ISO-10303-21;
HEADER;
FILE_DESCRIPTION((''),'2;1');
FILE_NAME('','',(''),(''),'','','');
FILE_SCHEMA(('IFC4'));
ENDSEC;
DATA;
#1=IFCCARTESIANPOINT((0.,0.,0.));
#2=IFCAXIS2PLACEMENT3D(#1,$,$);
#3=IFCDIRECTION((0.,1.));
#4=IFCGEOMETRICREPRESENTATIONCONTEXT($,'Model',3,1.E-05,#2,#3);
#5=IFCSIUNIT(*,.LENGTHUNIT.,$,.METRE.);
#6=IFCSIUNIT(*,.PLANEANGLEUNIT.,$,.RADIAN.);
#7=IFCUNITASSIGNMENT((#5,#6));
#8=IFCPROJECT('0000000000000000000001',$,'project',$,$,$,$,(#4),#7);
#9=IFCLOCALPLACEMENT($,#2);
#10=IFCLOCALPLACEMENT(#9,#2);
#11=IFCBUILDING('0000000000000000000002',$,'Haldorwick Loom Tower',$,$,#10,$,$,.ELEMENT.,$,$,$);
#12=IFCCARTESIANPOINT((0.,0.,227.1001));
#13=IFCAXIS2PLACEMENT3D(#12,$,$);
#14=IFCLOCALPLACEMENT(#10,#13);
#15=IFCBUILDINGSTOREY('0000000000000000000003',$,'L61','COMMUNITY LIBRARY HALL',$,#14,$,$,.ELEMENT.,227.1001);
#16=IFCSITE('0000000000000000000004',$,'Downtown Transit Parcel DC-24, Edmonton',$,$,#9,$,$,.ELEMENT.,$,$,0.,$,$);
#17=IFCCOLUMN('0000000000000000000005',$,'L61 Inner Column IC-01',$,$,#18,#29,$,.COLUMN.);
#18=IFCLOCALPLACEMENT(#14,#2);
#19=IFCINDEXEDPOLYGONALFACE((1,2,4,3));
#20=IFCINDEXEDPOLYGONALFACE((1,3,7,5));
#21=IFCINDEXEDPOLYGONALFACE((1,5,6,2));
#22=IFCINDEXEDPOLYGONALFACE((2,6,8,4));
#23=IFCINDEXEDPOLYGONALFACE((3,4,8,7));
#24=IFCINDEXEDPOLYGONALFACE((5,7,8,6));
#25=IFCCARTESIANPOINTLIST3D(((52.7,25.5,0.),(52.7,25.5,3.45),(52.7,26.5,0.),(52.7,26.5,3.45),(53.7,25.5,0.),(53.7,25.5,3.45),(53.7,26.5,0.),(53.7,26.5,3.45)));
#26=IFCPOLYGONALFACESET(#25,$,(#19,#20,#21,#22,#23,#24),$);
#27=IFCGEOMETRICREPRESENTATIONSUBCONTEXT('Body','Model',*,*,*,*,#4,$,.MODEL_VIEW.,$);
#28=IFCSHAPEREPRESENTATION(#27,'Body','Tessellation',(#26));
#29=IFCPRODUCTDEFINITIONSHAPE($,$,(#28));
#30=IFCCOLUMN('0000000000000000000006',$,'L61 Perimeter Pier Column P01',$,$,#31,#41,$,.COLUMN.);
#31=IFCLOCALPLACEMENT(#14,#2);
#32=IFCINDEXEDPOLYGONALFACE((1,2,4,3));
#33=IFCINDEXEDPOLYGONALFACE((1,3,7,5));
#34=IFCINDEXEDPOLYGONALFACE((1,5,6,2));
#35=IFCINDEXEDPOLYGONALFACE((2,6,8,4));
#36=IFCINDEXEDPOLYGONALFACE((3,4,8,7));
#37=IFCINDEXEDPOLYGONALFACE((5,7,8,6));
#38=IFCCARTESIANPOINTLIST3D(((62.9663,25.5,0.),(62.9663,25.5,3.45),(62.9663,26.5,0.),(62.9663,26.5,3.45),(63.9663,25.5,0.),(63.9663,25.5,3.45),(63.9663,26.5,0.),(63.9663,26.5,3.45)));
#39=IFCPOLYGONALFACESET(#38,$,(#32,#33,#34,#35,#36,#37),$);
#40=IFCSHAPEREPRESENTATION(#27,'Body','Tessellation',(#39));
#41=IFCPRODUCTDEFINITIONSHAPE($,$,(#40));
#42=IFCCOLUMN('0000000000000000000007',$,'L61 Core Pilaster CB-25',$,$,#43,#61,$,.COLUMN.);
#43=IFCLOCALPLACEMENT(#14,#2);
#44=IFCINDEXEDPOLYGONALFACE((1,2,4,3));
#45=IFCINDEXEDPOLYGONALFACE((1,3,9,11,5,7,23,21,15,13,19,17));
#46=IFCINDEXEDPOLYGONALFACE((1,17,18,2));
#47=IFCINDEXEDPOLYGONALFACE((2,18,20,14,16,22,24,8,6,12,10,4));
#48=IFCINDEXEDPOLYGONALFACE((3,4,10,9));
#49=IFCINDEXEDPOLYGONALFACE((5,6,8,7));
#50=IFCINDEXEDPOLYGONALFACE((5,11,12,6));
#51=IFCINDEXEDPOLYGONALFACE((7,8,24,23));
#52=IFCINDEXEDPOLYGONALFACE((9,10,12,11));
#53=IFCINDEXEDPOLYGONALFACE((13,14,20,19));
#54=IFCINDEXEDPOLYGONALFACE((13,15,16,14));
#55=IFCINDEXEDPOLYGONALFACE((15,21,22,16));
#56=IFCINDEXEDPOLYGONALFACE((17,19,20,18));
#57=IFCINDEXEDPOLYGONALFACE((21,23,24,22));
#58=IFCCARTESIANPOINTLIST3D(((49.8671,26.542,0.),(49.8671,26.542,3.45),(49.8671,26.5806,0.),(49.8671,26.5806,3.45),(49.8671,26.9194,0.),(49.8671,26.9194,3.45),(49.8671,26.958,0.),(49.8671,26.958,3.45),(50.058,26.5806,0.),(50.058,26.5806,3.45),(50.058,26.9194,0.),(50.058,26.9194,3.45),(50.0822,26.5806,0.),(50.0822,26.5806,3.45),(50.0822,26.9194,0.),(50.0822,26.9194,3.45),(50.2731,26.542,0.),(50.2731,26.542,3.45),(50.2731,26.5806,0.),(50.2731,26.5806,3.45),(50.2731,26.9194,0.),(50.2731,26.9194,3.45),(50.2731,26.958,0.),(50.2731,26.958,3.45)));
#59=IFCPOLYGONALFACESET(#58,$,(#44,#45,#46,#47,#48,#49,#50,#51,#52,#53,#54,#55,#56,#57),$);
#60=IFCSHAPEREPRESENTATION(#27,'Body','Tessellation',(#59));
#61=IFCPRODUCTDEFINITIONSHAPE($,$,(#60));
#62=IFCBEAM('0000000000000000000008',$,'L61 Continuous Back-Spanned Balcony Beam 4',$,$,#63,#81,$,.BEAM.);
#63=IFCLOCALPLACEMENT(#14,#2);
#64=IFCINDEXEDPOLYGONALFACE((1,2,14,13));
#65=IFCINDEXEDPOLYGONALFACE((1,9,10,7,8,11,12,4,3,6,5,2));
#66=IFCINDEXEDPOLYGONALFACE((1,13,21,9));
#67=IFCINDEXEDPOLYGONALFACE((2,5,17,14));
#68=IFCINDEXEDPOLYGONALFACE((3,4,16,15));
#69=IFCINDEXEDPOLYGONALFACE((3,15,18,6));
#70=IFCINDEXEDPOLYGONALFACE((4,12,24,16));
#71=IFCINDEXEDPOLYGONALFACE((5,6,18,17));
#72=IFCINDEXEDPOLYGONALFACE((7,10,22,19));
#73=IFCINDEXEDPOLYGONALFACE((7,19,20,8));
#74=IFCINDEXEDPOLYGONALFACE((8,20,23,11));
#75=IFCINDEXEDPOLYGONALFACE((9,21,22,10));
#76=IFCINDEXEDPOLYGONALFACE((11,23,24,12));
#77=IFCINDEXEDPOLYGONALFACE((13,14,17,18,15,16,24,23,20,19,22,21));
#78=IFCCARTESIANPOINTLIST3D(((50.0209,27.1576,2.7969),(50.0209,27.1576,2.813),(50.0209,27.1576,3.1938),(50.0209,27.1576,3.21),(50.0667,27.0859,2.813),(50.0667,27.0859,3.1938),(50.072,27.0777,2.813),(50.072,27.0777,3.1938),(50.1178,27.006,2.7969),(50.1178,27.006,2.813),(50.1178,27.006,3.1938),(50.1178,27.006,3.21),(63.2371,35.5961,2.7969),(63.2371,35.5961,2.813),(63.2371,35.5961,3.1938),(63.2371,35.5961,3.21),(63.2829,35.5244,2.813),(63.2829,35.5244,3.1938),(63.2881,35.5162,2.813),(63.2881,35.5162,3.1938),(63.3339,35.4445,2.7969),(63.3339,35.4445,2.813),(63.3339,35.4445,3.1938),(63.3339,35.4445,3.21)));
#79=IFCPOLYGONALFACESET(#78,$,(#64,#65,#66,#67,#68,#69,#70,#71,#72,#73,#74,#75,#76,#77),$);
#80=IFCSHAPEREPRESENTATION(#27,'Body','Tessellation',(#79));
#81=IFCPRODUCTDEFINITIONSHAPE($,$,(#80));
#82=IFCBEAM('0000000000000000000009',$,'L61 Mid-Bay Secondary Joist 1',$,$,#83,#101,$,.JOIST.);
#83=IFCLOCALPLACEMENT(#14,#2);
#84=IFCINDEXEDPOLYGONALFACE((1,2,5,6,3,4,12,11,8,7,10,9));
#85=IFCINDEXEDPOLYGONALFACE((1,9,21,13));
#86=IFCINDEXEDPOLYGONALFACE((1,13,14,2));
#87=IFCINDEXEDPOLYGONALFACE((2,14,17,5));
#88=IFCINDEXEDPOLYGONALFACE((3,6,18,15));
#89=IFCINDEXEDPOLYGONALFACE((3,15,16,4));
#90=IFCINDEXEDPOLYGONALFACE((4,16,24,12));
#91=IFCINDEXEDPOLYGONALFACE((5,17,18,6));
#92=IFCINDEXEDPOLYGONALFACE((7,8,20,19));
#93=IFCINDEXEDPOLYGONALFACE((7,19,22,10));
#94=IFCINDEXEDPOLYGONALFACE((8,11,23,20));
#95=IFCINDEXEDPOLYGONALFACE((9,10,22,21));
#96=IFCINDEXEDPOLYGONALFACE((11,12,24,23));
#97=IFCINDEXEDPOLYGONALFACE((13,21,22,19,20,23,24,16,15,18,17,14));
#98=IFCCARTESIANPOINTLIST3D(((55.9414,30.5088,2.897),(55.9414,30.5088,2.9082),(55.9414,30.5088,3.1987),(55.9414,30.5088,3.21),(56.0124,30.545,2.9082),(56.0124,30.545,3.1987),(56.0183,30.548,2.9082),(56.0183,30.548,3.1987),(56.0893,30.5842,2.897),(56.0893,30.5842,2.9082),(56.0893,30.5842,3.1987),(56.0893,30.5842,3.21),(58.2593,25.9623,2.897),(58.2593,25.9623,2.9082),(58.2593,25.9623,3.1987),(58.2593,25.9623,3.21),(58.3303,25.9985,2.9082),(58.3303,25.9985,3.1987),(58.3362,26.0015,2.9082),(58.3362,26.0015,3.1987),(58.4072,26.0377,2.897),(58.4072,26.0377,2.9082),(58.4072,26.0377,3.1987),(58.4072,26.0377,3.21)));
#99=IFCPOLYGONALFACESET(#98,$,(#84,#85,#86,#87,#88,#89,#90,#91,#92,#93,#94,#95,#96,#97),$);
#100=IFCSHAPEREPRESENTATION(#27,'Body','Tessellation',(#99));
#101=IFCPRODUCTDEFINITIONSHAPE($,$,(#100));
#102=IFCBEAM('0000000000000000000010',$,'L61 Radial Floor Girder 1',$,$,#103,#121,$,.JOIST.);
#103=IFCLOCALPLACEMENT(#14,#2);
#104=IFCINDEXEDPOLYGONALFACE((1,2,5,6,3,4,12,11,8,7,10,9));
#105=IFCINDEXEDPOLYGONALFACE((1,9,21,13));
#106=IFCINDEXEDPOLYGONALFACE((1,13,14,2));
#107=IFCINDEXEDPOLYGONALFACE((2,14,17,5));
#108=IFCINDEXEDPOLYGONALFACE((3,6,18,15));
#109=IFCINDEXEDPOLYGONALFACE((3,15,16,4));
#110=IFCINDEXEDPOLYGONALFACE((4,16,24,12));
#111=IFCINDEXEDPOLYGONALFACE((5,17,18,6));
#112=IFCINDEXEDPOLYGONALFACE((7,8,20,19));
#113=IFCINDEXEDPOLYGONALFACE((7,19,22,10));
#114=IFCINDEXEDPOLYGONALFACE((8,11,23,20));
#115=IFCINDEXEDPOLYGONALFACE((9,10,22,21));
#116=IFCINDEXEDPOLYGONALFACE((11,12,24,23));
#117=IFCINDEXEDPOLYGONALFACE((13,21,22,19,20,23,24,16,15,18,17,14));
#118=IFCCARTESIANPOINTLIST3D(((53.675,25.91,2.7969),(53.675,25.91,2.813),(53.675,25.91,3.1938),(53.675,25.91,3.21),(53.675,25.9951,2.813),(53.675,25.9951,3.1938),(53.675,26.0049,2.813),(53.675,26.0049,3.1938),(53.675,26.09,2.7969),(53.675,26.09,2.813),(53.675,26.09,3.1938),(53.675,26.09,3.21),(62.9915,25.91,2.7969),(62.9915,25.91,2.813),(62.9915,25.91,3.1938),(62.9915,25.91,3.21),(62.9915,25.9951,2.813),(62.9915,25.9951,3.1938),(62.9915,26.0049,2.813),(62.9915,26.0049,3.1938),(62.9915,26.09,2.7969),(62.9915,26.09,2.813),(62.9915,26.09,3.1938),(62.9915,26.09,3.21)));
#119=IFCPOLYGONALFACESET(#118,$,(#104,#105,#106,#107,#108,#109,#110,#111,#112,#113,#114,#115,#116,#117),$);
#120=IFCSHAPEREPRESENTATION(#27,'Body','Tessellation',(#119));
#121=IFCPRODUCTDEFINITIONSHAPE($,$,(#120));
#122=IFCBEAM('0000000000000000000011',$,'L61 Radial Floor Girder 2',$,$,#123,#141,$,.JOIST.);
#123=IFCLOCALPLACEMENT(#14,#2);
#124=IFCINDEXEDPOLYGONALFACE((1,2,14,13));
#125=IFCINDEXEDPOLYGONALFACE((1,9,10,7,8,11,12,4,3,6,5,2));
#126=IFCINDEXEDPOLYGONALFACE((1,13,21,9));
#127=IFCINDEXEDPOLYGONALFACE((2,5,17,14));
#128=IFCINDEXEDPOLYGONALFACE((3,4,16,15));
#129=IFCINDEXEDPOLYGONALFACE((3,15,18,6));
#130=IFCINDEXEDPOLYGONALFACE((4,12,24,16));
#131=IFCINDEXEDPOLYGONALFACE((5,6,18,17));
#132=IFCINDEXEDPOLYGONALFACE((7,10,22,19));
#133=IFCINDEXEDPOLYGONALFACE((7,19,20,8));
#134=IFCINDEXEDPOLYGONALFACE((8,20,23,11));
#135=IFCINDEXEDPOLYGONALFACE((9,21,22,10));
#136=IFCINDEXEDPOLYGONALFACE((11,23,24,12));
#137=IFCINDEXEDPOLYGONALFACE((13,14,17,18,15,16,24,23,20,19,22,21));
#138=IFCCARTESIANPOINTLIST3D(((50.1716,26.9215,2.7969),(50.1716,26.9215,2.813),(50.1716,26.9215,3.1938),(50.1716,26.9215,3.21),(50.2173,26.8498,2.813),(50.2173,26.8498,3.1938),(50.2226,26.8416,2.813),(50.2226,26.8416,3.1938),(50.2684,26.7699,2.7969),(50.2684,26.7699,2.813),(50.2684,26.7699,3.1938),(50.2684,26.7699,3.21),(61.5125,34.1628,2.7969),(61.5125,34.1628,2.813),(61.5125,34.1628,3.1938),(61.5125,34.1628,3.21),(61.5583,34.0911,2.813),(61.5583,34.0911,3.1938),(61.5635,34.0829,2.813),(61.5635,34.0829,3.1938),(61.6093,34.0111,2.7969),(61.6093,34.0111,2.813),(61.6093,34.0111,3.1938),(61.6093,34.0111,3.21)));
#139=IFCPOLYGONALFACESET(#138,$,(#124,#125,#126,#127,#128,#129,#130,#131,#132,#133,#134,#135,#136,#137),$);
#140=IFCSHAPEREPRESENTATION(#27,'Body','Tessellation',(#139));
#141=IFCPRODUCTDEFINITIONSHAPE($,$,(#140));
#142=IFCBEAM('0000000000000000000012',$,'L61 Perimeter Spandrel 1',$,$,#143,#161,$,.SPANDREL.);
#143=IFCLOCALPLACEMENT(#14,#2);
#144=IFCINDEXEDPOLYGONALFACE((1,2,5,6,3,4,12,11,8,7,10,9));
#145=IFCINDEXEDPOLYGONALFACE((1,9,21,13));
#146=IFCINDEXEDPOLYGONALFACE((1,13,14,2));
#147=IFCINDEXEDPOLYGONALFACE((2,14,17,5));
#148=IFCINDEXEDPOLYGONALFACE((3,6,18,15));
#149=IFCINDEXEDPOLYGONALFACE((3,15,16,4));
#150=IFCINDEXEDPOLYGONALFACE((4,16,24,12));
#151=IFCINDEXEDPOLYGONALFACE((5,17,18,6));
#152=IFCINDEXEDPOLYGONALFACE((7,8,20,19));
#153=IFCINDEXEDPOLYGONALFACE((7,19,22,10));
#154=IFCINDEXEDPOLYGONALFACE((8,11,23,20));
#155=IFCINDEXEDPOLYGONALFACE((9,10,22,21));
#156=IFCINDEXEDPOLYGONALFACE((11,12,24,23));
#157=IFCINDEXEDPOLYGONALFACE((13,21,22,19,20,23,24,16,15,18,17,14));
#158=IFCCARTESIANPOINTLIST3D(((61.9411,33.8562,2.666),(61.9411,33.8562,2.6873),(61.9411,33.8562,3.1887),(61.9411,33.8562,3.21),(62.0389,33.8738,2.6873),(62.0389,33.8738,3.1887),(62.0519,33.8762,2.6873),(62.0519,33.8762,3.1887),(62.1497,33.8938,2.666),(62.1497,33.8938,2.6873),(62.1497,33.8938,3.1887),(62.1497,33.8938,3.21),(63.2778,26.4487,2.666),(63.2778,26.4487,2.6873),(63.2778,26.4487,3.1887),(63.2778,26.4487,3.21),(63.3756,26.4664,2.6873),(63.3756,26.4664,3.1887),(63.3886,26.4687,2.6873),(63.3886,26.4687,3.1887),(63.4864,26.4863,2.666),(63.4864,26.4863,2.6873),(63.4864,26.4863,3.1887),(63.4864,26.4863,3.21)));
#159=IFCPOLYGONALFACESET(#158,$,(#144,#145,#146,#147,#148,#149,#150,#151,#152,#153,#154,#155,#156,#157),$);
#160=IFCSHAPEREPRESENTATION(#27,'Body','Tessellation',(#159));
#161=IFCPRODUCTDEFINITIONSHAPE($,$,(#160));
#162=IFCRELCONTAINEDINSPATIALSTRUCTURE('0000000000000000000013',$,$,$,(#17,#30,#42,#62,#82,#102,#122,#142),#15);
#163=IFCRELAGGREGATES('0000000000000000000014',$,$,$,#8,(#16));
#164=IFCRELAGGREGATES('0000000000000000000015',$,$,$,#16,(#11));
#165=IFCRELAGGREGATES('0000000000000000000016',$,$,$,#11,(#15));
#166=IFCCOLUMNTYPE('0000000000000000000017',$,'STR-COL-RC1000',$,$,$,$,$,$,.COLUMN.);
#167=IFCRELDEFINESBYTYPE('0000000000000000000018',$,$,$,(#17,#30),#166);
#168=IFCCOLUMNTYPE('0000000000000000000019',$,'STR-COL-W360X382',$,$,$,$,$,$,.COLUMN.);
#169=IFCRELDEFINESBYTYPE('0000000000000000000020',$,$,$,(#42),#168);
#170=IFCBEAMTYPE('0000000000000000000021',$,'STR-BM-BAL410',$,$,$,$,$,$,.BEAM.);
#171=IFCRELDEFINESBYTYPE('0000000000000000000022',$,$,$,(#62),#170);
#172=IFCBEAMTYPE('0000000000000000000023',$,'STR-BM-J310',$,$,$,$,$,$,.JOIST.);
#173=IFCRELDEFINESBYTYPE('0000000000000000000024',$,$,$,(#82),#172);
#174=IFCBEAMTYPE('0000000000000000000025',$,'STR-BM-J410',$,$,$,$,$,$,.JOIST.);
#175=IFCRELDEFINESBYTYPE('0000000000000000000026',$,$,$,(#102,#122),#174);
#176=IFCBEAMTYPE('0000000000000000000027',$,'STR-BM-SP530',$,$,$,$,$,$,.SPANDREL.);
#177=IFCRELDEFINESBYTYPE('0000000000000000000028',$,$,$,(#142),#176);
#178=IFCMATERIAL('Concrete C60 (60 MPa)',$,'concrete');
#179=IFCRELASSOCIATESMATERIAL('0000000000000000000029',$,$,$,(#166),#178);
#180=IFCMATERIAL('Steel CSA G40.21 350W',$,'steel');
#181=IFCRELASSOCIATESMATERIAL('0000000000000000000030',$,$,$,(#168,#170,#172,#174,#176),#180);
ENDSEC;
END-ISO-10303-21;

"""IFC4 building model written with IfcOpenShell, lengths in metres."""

from ifc_helpers import new_model, si_unit, direction, frame, origin, origin_2d, place, context, subcontext, project, spatial, rectangle, i_section, extrude, material, material_profile, profile_set, type_object, element, save


model = new_model("IFC4")

# Units and contexts
model_context = context("Model", 3, precision=1e-05, world=origin(), true_north=direction((0.0, 1.0)))
body_context = subcontext(model_context, "Body", "Model", "MODEL_VIEW")
ifc_project = project(units=[si_unit("LENGTHUNIT", "METRE"), si_unit("PLANEANGLEUNIT", "RADIAN")], contexts=[model_context])

# Site, building, storey
site_placement = place(None, origin())
site = spatial("IfcSite", under=ifc_project, at=site_placement, Name="Downtown Transit Parcel DC-24, Edmonton", CompositionType="ELEMENT", RefElevation=0.0)
building_placement = place(site_placement, origin())
building = spatial("IfcBuilding", under=site, at=building_placement, Name="Haldorwick Loom Tower", CompositionType="ELEMENT")
storey_placement = place(building_placement, frame((0.0, 0.0, 227.1001)))
storey = spatial("IfcBuildingStorey", under=building, at=storey_placement, Name="L61", Description="COMMUNITY LIBRARY HALL", CompositionType="ELEMENT", Elevation=227.1001)

# Columns
ifc_material_1 = material(Name="Concrete C60 (60 MPa)", Category="concrete")
ifc_material_profile_1 = material_profile(ifc_material_1, rectangle(XDim=1.0, YDim=1.0, at=origin_2d()), Name="RC1000X1000", Category="concrete")
ifc_profile_set_1 = profile_set([ifc_material_profile_1], Name="Concrete C60 (60 MPa)")
column_type_1 = type_object("IfcColumnType", Name="STR-COL-RC1000", PredefinedType="COLUMN", material=ifc_profile_set_1)
for number, where, z_axis, x_axis, name in (
    (1, (53.2, 26.0, 0.0), (0.0, 0.0, 1.0), (1.0, 0.0, 0.0), "L61 Inner Column IC-01"),
    (2, (63.4663, 26.0, 0.0), (0.0, 0.0, 1.0), (1.0, 0.0, 0.0), "L61 Perimeter Pier Column P01"),
):
    element("IfcColumn", number, at=place(storey_placement, frame(where, z_axis=z_axis, x_axis=x_axis)), inside=storey, type_object=column_type_1, Name=name, PredefinedType="COLUMN", context=body_context, shape_type="SweptSolid", body=[
        extrude(rectangle(XDim=1.0, YDim=1.0, at=origin_2d()), origin(), (0.0, 0.0, 1.0), 3.45),
    ])
ifc_material_2 = material(Name="Steel CSA G40.21 350W", Category="steel")
ifc_material_profile_2 = material_profile(ifc_material_2, i_section(OverallWidth=0.406, OverallDepth=0.416, WebThickness=0.0242, FlangeThickness=0.0386, at=origin_2d()), Name="W360X382", Category="steel")
ifc_profile_set_2 = profile_set([ifc_material_profile_2], Name="Steel CSA G40.21 350W")
column_type_2 = type_object("IfcColumnType", Name="STR-COL-W360X382", PredefinedType="COLUMN", material=ifc_profile_set_2)
column_placement = place(storey_placement, frame((50.0701, 26.75, 0.0), z_axis=(0.0, 0.0, 1.0), x_axis=(1.0, 0.0, 0.0)))
element("IfcColumn", 3, at=column_placement, inside=storey, type_object=column_type_2, Name="L61 Core Pilaster CB-25", PredefinedType="COLUMN", context=body_context, shape_type="SweptSolid", body=[
    extrude(i_section(OverallWidth=0.406, OverallDepth=0.416, WebThickness=0.0242, FlangeThickness=0.0386, at=origin_2d()), origin(), (0.0, 0.0, 1.0), 3.45),
])

# Beams
ifc_material_profile_3 = material_profile(ifc_material_2, i_section(OverallWidth=0.1799, OverallDepth=0.4131, WebThickness=0.0098, FlangeThickness=0.0161, at=origin_2d()), Name="W410X74", Category="steel")
ifc_profile_set_3 = profile_set([ifc_material_profile_3], Name="Steel CSA G40.21 350W")
beam_type_1 = type_object("IfcBeamType", Name="STR-BM-BAL410", PredefinedType="BEAM", material=ifc_profile_set_3)
beam_1_placement = place(storey_placement, frame((50.0693, 27.0818, 3.0034), z_axis=(0.842844, 0.538157, 0.0), x_axis=(-0.538157, 0.842844, 0.0)))
element("IfcBeam", 4, at=beam_1_placement, inside=storey, type_object=beam_type_1, Name="L61 Continuous Back-Spanned Balcony Beam 4", PredefinedType="BEAM", context=body_context, shape_type="SweptSolid", body=[
    extrude(i_section(OverallWidth=0.1799, OverallDepth=0.4131, WebThickness=0.0098, FlangeThickness=0.0161, at=origin_2d()), origin(), (0.0, 0.0, 1.0), 15.6804),
])
ifc_material_profile_4 = material_profile(ifc_material_2, i_section(OverallWidth=0.166, OverallDepth=0.313, WebThickness=0.0066, FlangeThickness=0.0112, at=origin_2d()), Name="W310X45", Category="steel")
ifc_profile_set_4 = profile_set([ifc_material_profile_4], Name="Steel CSA G40.21 350W")
beam_type_2 = type_object("IfcBeamType", Name="STR-BM-J310", PredefinedType="JOIST", material=ifc_profile_set_4)
beam_2_placement = place(storey_placement, frame((58.3333, 26.0, 3.0535), z_axis=(-0.454204, 0.890898, 0.0), x_axis=(-0.890898, -0.454204, 0.0)))
element("IfcBeam", 5, at=beam_2_placement, inside=storey, type_object=beam_type_2, Name="L61 Mid-Bay Secondary Joist 1", PredefinedType="JOIST", context=body_context, shape_type="SweptSolid", body=[
    extrude(i_section(OverallWidth=0.166, OverallDepth=0.313, WebThickness=0.0066, FlangeThickness=0.0112, at=origin_2d()), origin(), (0.0, 0.0, 1.0), 5.1033),
])
ifc_material_profile_5 = material_profile(ifc_material_2, i_section(OverallWidth=0.1799, OverallDepth=0.4131, WebThickness=0.0098, FlangeThickness=0.0161, at=origin_2d()), Name="W410X74", Category="steel")
ifc_profile_set_5 = profile_set([ifc_material_profile_5], Name="Steel CSA G40.21 350W")
beam_type_3 = type_object("IfcBeamType", Name="STR-BM-J410", PredefinedType="JOIST", material=ifc_profile_set_5)
beam_3_placement = place(storey_placement, frame((53.675, 26.0, 3.0034), z_axis=(1.0, 0.0, 0.0), x_axis=(0.0, 1.0, 0.0)))
element("IfcBeam", 6, at=beam_3_placement, inside=storey, type_object=beam_type_3, Name="L61 Radial Floor Girder 1", PredefinedType="JOIST", context=body_context, shape_type="SweptSolid", body=[
    extrude(i_section(OverallWidth=0.1799, OverallDepth=0.4131, WebThickness=0.0098, FlangeThickness=0.0161, at=origin_2d()), origin(), (0.0, 0.0, 1.0), 9.3164),
])
beam_4_placement = place(storey_placement, frame((50.22, 26.8457, 3.0034), z_axis=(0.842842, 0.538162, 0.0), x_axis=(-0.538162, 0.842842, 0.0)))
element("IfcBeam", 7, at=beam_4_placement, inside=storey, type_object=beam_type_3, Name="L61 Radial Floor Girder 2", PredefinedType="JOIST", context=body_context, shape_type="SweptSolid", body=[
    extrude(i_section(OverallWidth=0.1799, OverallDepth=0.4131, WebThickness=0.0098, FlangeThickness=0.0161, at=origin_2d()), origin(), (0.0, 0.0, 1.0), 13.4556),
])
ifc_material_profile_6 = material_profile(ifc_material_2, i_section(OverallWidth=0.2119, OverallDepth=0.5439, WebThickness=0.0132, FlangeThickness=0.0212, at=origin_2d()), Name="W530X123", Category="steel")
ifc_profile_set_6 = profile_set([ifc_material_profile_6], Name="Steel CSA G40.21 350W")
beam_type_4 = type_object("IfcBeamType", Name="STR-BM-SP530", PredefinedType="SPANDREL", material=ifc_profile_set_6)
beam_5_placement = place(storey_placement, frame((63.3821, 26.4675, 2.938), z_axis=(-0.177581, 0.984106, 0.0), x_axis=(-0.984106, -0.177581, 0.0)))
element("IfcBeam", 8, at=beam_5_placement, inside=storey, type_object=beam_type_4, Name="L61 Perimeter Spandrel 1", PredefinedType="SPANDREL", context=body_context, shape_type="SweptSolid", body=[
    extrude(i_section(OverallWidth=0.2119, OverallDepth=0.5439, WebThickness=0.0132, FlangeThickness=0.0212, at=origin_2d()), origin(), (0.0, 0.0, 1.0), 7.5271),
])

save(model, "model.ifc")
